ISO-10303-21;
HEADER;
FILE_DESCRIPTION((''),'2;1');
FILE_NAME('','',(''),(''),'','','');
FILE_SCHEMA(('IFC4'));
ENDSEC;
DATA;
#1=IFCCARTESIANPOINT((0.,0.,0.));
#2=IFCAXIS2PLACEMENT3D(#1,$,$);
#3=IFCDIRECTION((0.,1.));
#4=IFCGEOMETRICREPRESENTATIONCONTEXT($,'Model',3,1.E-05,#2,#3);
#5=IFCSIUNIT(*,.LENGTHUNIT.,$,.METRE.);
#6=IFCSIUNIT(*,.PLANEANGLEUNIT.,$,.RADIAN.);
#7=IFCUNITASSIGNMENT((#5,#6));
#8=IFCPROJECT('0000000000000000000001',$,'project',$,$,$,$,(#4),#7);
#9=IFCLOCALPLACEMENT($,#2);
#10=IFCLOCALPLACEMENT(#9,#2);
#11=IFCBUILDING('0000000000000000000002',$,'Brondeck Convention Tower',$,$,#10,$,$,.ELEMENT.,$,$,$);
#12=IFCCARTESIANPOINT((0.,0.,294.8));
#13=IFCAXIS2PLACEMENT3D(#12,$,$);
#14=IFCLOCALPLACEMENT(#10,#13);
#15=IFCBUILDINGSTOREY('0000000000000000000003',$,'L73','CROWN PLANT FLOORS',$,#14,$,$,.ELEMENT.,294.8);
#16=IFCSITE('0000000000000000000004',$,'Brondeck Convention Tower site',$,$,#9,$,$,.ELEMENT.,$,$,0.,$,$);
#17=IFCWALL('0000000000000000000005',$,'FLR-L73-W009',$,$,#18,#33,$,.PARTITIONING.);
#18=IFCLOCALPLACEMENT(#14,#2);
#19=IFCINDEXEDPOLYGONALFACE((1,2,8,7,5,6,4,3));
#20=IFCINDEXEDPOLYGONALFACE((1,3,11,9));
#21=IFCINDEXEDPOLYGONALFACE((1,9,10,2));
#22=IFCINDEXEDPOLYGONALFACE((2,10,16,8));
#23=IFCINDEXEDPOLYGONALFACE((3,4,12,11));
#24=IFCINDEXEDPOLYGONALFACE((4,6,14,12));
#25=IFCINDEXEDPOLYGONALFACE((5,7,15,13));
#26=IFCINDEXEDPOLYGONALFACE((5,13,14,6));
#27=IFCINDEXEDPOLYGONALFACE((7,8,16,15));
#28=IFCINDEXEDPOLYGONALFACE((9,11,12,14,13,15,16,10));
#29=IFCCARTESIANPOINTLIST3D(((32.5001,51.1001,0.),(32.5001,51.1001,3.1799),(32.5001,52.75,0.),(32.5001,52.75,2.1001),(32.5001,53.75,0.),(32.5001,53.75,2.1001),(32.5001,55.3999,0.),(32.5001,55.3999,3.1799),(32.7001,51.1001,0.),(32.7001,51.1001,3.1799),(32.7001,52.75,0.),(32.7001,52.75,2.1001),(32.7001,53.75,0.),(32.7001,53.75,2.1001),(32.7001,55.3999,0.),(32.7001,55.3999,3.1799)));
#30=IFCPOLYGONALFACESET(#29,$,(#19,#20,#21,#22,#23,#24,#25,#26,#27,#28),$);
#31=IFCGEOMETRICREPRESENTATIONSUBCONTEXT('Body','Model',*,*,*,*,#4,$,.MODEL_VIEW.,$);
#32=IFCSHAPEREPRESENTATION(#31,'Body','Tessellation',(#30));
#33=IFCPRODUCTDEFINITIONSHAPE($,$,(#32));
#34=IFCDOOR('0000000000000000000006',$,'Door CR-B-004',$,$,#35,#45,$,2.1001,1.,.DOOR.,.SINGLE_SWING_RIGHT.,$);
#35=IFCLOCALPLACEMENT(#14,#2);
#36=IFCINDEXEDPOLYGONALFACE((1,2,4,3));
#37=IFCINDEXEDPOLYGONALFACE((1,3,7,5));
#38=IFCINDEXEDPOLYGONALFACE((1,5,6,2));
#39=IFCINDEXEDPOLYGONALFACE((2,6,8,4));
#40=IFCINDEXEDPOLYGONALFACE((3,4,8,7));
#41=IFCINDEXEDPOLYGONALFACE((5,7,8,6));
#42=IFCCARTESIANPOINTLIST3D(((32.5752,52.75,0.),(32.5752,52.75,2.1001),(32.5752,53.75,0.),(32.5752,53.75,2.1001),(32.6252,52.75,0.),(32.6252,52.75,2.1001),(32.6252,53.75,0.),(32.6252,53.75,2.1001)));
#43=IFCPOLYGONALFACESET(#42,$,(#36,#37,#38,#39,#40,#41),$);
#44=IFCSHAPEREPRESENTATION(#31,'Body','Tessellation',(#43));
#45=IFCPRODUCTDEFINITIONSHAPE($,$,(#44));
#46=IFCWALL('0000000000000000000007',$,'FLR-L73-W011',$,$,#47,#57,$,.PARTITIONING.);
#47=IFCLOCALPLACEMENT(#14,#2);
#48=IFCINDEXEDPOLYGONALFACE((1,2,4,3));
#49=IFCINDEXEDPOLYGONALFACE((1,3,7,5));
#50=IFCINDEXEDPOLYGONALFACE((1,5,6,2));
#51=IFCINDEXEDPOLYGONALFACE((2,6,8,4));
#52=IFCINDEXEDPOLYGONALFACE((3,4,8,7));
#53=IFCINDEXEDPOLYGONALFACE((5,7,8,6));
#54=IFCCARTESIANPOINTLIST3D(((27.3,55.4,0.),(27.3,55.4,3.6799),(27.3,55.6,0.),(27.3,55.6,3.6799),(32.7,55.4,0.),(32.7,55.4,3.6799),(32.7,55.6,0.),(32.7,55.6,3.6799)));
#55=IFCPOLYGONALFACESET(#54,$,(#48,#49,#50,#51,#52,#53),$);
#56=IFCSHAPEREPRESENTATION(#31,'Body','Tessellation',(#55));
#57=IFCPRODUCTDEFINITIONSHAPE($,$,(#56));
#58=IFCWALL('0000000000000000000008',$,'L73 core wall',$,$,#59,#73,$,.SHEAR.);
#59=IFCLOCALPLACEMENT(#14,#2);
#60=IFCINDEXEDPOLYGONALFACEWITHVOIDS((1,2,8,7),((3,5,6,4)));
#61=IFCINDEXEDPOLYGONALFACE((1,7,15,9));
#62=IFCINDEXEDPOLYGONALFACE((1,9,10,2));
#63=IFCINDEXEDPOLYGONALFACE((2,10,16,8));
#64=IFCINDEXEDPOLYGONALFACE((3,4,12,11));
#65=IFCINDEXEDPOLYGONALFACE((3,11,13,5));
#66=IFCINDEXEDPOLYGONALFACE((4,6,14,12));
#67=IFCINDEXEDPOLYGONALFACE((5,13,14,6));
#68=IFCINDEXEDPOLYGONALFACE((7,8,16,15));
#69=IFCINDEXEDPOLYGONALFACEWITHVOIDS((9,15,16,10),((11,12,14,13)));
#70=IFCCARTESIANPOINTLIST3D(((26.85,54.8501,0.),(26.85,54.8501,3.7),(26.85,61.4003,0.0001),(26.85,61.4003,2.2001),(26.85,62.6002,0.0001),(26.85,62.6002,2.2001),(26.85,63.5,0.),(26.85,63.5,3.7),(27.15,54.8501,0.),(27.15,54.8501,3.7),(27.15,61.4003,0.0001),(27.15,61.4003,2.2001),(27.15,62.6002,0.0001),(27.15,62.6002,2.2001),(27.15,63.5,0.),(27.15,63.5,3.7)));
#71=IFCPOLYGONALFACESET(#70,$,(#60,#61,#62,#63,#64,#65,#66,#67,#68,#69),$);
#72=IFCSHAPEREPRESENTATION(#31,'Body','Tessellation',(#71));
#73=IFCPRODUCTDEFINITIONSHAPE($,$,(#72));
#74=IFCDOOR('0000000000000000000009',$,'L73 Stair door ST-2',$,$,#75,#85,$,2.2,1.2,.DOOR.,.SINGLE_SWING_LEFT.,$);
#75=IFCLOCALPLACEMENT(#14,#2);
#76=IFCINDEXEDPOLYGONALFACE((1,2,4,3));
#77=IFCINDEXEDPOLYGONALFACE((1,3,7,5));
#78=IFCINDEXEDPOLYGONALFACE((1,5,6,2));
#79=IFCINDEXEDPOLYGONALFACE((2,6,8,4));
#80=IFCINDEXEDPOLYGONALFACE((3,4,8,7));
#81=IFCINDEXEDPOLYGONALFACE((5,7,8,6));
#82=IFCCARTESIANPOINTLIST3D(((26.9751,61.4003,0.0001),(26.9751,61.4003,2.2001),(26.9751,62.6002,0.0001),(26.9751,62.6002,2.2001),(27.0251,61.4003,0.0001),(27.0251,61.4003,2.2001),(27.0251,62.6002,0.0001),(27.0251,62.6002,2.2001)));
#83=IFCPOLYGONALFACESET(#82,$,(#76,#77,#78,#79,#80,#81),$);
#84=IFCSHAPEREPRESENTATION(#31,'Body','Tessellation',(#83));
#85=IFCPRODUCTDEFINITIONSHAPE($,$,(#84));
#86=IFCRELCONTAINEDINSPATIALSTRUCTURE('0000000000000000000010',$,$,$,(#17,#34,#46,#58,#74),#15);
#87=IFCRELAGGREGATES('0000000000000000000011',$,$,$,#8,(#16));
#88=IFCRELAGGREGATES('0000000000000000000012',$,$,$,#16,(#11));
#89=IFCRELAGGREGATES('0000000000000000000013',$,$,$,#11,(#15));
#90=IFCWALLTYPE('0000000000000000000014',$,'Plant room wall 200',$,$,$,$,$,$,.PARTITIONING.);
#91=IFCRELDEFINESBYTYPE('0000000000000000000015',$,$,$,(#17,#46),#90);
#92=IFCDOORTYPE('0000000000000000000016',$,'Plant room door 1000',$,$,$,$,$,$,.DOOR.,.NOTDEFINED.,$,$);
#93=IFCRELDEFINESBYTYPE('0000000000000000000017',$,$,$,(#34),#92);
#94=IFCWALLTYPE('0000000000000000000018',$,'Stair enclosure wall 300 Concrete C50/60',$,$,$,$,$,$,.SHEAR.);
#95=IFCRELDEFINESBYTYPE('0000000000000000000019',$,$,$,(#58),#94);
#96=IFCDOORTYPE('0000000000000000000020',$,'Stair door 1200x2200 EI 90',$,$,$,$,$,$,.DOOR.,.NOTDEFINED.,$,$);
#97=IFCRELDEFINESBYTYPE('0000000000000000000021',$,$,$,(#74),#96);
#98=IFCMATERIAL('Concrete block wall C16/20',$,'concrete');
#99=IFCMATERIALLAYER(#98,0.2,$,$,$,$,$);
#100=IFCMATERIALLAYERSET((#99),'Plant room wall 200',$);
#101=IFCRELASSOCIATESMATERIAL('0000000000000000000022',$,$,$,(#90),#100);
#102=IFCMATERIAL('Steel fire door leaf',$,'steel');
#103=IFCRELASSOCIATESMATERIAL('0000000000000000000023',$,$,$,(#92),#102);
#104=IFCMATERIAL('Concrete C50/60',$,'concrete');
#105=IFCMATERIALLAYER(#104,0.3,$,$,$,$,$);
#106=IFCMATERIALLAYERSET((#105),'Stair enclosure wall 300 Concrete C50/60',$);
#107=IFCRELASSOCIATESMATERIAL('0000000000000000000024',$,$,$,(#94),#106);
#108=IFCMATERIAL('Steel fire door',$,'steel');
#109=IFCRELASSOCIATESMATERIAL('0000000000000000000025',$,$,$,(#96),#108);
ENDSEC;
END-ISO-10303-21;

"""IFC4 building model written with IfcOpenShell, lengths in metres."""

from ifc_helpers import new_model, si_unit, direction, frame, frame_2d, origin, place, context, subcontext, project, spatial, rectangle, extrude, material, layer, layer_set, type_object, element, fill, save


model = new_model("IFC4")

# Units and contexts
model_context = context("Model", 3, precision=1e-05, world=origin(), true_north=direction((0.0, 1.0)))
body_context = subcontext(model_context, "Body", "Model", "MODEL_VIEW")
ifc_project = project(units=[si_unit("LENGTHUNIT", "METRE"), si_unit("PLANEANGLEUNIT", "RADIAN")], contexts=[model_context])

# Site, building, storey
site_placement = place(None, origin())
site = spatial("IfcSite", under=ifc_project, at=site_placement, Name="Brondeck Convention Tower site", CompositionType="ELEMENT", RefElevation=0.0)
building_placement = place(site_placement, origin())
building = spatial("IfcBuilding", under=site, at=building_placement, Name="Brondeck Convention Tower", CompositionType="ELEMENT")
storey_placement = place(building_placement, frame((0.0, 0.0, 294.8)))
storey = spatial("IfcBuildingStorey", under=building, at=storey_placement, Name="L73", Description="CROWN PLANT FLOORS", CompositionType="ELEMENT", Elevation=294.8)

# Shared definitions
ifc_material_1 = material(Name="Concrete C50/60", Category="concrete")

# Wall, opening, door
ifc_material_2 = material(Name="Concrete block wall C16/20", Category="concrete")
ifc_layer_1 = layer(ifc_material_2, 0.2)
ifc_layer_set_1 = layer_set([ifc_layer_1], Name="Plant room wall 200")
wall_type_1 = type_object("IfcWallType", Name="Plant room wall 200", PredefinedType="PARTITIONING", material=ifc_layer_set_1)
wall_1_placement = place(storey_placement, frame((32.6001, 51.1001, 0.0), z_axis=(0.0, 0.0, 1.0), x_axis=(0.0, 1.0, 0.0)))
wall_1 = element("IfcWall", 1, at=wall_1_placement, inside=storey, type_object=wall_type_1, Name="FLR-L73-W009", PredefinedType="PARTITIONING", context=body_context, shape_type="SweptSolid", body=[
    extrude(rectangle(XDim=4.2998, YDim=0.2, at=frame_2d((2.1499, 0.0))), origin(), (0.0, 0.0, 1.0), 3.1799),
])
opening_1_placement = place(wall_1_placement, frame((1.6499, 0.0, 0.0)))
opening_1 = element("IfcOpeningElement", 2, at=opening_1_placement, cuts=wall_1, PredefinedType="OPENING", context=body_context, shape_type="SweptSolid", body=[
    extrude(rectangle(XDim=1.0, YDim=2.1001, at=frame_2d((0.5, 1.05))), frame((0.0, 0.1099, 0.0), z_axis=(0.0, -1.0, 0.0), x_axis=(1.0, 0.0, 0.0)), (0.0, 0.0, 1.0), 0.22),
])
ifc_material_3 = material(Name="Steel fire door leaf", Category="steel")
door_type_1 = type_object("IfcDoorType", Name="Plant room door 1000", OperationType="NOTDEFINED", PredefinedType="DOOR", material=ifc_material_3)
door_1_placement = place(opening_1_placement, origin())
door_1 = element("IfcDoor", 3, at=door_1_placement, inside=storey, type_object=door_type_1, Name="Door CR-B-004", OperationType="SINGLE_SWING_RIGHT", OverallHeight=2.1001, OverallWidth=1.0, PredefinedType="DOOR", context=body_context, shape_type="SweptSolid", body=[
    extrude(rectangle(XDim=1.0, YDim=2.1001, at=frame_2d((0.5, 1.05))), frame((0.0, 0.0249, 0.0), z_axis=(0.0, -1.0, 0.0), x_axis=(1.0, 0.0, 0.0)), (0.0, 0.0, 1.0), 0.05),
])
fill(opening_1, door_1)

# Wall
wall_2_placement = place(storey_placement, frame((32.7, 55.5, 0.0), z_axis=(0.0, 0.0, 1.0), x_axis=(-1.0, 0.0, 0.0)))
element("IfcWall", 4, at=wall_2_placement, inside=storey, type_object=wall_type_1, Name="FLR-L73-W011", PredefinedType="PARTITIONING", context=body_context, shape_type="SweptSolid", body=[
    extrude(rectangle(XDim=5.3999, YDim=0.2, at=frame_2d((2.7, 0.0))), origin(), (0.0, 0.0, 1.0), 3.6799),
])

# Wall, opening, door
ifc_layer_2 = layer(ifc_material_1, 0.3)
ifc_layer_set_2 = layer_set([ifc_layer_2], Name="Stair enclosure wall 300 Concrete C50/60")
wall_type_2 = type_object("IfcWallType", Name="Stair enclosure wall 300 Concrete C50/60", PredefinedType="SHEAR", material=ifc_layer_set_2)
wall_3_placement = place(storey_placement, frame((27.0, 54.8501, 0.0), z_axis=(0.0, 0.0, 1.0), x_axis=(0.0, 1.0, 0.0)))
wall_3 = element("IfcWall", 5, at=wall_3_placement, inside=storey, type_object=wall_type_2, Name="L73 core wall", PredefinedType="SHEAR", context=body_context, shape_type="SweptSolid", body=[
    extrude(rectangle(XDim=8.6499, YDim=0.3, at=frame_2d((4.325, 0.0))), origin(), (0.0, 0.0, 1.0), 3.7),
])
opening_2_placement = place(wall_3_placement, frame((6.55, 0.0, 0.0)))
opening_2 = element("IfcOpeningElement", 6, at=opening_2_placement, cuts=wall_3, PredefinedType="OPENING", context=body_context, shape_type="SweptSolid", body=[
    extrude(rectangle(XDim=1.2, YDim=2.2, at=frame_2d((0.6001, 1.1001))), frame((0.0, 0.1599, 0.0), z_axis=(0.0, -1.0, 0.0), x_axis=(1.0, 0.0, 0.0)), (0.0, 0.0, 1.0), 0.3201),
])
ifc_material_4 = material(Name="Steel fire door", Category="steel")
door_type_2 = type_object("IfcDoorType", Name="Stair door 1200x2200 EI 90", OperationType="NOTDEFINED", PredefinedType="DOOR", material=ifc_material_4)
door_2_placement = place(opening_2_placement, origin())
door_2 = element("IfcDoor", 7, at=door_2_placement, inside=storey, type_object=door_type_2, Name="L73 Stair door ST-2", OperationType="SINGLE_SWING_LEFT", OverallHeight=2.2, OverallWidth=1.2, PredefinedType="DOOR", context=body_context, shape_type="SweptSolid", body=[
    extrude(rectangle(XDim=1.2, YDim=2.2, at=frame_2d((0.6001, 1.1001))), frame((0.0, 0.0249, 0.0), z_axis=(0.0, -1.0, 0.0), x_axis=(1.0, 0.0, 0.0)), (0.0, 0.0, 1.0), 0.05),
])
fill(opening_2, door_2)

save(model, "model.ifc")
